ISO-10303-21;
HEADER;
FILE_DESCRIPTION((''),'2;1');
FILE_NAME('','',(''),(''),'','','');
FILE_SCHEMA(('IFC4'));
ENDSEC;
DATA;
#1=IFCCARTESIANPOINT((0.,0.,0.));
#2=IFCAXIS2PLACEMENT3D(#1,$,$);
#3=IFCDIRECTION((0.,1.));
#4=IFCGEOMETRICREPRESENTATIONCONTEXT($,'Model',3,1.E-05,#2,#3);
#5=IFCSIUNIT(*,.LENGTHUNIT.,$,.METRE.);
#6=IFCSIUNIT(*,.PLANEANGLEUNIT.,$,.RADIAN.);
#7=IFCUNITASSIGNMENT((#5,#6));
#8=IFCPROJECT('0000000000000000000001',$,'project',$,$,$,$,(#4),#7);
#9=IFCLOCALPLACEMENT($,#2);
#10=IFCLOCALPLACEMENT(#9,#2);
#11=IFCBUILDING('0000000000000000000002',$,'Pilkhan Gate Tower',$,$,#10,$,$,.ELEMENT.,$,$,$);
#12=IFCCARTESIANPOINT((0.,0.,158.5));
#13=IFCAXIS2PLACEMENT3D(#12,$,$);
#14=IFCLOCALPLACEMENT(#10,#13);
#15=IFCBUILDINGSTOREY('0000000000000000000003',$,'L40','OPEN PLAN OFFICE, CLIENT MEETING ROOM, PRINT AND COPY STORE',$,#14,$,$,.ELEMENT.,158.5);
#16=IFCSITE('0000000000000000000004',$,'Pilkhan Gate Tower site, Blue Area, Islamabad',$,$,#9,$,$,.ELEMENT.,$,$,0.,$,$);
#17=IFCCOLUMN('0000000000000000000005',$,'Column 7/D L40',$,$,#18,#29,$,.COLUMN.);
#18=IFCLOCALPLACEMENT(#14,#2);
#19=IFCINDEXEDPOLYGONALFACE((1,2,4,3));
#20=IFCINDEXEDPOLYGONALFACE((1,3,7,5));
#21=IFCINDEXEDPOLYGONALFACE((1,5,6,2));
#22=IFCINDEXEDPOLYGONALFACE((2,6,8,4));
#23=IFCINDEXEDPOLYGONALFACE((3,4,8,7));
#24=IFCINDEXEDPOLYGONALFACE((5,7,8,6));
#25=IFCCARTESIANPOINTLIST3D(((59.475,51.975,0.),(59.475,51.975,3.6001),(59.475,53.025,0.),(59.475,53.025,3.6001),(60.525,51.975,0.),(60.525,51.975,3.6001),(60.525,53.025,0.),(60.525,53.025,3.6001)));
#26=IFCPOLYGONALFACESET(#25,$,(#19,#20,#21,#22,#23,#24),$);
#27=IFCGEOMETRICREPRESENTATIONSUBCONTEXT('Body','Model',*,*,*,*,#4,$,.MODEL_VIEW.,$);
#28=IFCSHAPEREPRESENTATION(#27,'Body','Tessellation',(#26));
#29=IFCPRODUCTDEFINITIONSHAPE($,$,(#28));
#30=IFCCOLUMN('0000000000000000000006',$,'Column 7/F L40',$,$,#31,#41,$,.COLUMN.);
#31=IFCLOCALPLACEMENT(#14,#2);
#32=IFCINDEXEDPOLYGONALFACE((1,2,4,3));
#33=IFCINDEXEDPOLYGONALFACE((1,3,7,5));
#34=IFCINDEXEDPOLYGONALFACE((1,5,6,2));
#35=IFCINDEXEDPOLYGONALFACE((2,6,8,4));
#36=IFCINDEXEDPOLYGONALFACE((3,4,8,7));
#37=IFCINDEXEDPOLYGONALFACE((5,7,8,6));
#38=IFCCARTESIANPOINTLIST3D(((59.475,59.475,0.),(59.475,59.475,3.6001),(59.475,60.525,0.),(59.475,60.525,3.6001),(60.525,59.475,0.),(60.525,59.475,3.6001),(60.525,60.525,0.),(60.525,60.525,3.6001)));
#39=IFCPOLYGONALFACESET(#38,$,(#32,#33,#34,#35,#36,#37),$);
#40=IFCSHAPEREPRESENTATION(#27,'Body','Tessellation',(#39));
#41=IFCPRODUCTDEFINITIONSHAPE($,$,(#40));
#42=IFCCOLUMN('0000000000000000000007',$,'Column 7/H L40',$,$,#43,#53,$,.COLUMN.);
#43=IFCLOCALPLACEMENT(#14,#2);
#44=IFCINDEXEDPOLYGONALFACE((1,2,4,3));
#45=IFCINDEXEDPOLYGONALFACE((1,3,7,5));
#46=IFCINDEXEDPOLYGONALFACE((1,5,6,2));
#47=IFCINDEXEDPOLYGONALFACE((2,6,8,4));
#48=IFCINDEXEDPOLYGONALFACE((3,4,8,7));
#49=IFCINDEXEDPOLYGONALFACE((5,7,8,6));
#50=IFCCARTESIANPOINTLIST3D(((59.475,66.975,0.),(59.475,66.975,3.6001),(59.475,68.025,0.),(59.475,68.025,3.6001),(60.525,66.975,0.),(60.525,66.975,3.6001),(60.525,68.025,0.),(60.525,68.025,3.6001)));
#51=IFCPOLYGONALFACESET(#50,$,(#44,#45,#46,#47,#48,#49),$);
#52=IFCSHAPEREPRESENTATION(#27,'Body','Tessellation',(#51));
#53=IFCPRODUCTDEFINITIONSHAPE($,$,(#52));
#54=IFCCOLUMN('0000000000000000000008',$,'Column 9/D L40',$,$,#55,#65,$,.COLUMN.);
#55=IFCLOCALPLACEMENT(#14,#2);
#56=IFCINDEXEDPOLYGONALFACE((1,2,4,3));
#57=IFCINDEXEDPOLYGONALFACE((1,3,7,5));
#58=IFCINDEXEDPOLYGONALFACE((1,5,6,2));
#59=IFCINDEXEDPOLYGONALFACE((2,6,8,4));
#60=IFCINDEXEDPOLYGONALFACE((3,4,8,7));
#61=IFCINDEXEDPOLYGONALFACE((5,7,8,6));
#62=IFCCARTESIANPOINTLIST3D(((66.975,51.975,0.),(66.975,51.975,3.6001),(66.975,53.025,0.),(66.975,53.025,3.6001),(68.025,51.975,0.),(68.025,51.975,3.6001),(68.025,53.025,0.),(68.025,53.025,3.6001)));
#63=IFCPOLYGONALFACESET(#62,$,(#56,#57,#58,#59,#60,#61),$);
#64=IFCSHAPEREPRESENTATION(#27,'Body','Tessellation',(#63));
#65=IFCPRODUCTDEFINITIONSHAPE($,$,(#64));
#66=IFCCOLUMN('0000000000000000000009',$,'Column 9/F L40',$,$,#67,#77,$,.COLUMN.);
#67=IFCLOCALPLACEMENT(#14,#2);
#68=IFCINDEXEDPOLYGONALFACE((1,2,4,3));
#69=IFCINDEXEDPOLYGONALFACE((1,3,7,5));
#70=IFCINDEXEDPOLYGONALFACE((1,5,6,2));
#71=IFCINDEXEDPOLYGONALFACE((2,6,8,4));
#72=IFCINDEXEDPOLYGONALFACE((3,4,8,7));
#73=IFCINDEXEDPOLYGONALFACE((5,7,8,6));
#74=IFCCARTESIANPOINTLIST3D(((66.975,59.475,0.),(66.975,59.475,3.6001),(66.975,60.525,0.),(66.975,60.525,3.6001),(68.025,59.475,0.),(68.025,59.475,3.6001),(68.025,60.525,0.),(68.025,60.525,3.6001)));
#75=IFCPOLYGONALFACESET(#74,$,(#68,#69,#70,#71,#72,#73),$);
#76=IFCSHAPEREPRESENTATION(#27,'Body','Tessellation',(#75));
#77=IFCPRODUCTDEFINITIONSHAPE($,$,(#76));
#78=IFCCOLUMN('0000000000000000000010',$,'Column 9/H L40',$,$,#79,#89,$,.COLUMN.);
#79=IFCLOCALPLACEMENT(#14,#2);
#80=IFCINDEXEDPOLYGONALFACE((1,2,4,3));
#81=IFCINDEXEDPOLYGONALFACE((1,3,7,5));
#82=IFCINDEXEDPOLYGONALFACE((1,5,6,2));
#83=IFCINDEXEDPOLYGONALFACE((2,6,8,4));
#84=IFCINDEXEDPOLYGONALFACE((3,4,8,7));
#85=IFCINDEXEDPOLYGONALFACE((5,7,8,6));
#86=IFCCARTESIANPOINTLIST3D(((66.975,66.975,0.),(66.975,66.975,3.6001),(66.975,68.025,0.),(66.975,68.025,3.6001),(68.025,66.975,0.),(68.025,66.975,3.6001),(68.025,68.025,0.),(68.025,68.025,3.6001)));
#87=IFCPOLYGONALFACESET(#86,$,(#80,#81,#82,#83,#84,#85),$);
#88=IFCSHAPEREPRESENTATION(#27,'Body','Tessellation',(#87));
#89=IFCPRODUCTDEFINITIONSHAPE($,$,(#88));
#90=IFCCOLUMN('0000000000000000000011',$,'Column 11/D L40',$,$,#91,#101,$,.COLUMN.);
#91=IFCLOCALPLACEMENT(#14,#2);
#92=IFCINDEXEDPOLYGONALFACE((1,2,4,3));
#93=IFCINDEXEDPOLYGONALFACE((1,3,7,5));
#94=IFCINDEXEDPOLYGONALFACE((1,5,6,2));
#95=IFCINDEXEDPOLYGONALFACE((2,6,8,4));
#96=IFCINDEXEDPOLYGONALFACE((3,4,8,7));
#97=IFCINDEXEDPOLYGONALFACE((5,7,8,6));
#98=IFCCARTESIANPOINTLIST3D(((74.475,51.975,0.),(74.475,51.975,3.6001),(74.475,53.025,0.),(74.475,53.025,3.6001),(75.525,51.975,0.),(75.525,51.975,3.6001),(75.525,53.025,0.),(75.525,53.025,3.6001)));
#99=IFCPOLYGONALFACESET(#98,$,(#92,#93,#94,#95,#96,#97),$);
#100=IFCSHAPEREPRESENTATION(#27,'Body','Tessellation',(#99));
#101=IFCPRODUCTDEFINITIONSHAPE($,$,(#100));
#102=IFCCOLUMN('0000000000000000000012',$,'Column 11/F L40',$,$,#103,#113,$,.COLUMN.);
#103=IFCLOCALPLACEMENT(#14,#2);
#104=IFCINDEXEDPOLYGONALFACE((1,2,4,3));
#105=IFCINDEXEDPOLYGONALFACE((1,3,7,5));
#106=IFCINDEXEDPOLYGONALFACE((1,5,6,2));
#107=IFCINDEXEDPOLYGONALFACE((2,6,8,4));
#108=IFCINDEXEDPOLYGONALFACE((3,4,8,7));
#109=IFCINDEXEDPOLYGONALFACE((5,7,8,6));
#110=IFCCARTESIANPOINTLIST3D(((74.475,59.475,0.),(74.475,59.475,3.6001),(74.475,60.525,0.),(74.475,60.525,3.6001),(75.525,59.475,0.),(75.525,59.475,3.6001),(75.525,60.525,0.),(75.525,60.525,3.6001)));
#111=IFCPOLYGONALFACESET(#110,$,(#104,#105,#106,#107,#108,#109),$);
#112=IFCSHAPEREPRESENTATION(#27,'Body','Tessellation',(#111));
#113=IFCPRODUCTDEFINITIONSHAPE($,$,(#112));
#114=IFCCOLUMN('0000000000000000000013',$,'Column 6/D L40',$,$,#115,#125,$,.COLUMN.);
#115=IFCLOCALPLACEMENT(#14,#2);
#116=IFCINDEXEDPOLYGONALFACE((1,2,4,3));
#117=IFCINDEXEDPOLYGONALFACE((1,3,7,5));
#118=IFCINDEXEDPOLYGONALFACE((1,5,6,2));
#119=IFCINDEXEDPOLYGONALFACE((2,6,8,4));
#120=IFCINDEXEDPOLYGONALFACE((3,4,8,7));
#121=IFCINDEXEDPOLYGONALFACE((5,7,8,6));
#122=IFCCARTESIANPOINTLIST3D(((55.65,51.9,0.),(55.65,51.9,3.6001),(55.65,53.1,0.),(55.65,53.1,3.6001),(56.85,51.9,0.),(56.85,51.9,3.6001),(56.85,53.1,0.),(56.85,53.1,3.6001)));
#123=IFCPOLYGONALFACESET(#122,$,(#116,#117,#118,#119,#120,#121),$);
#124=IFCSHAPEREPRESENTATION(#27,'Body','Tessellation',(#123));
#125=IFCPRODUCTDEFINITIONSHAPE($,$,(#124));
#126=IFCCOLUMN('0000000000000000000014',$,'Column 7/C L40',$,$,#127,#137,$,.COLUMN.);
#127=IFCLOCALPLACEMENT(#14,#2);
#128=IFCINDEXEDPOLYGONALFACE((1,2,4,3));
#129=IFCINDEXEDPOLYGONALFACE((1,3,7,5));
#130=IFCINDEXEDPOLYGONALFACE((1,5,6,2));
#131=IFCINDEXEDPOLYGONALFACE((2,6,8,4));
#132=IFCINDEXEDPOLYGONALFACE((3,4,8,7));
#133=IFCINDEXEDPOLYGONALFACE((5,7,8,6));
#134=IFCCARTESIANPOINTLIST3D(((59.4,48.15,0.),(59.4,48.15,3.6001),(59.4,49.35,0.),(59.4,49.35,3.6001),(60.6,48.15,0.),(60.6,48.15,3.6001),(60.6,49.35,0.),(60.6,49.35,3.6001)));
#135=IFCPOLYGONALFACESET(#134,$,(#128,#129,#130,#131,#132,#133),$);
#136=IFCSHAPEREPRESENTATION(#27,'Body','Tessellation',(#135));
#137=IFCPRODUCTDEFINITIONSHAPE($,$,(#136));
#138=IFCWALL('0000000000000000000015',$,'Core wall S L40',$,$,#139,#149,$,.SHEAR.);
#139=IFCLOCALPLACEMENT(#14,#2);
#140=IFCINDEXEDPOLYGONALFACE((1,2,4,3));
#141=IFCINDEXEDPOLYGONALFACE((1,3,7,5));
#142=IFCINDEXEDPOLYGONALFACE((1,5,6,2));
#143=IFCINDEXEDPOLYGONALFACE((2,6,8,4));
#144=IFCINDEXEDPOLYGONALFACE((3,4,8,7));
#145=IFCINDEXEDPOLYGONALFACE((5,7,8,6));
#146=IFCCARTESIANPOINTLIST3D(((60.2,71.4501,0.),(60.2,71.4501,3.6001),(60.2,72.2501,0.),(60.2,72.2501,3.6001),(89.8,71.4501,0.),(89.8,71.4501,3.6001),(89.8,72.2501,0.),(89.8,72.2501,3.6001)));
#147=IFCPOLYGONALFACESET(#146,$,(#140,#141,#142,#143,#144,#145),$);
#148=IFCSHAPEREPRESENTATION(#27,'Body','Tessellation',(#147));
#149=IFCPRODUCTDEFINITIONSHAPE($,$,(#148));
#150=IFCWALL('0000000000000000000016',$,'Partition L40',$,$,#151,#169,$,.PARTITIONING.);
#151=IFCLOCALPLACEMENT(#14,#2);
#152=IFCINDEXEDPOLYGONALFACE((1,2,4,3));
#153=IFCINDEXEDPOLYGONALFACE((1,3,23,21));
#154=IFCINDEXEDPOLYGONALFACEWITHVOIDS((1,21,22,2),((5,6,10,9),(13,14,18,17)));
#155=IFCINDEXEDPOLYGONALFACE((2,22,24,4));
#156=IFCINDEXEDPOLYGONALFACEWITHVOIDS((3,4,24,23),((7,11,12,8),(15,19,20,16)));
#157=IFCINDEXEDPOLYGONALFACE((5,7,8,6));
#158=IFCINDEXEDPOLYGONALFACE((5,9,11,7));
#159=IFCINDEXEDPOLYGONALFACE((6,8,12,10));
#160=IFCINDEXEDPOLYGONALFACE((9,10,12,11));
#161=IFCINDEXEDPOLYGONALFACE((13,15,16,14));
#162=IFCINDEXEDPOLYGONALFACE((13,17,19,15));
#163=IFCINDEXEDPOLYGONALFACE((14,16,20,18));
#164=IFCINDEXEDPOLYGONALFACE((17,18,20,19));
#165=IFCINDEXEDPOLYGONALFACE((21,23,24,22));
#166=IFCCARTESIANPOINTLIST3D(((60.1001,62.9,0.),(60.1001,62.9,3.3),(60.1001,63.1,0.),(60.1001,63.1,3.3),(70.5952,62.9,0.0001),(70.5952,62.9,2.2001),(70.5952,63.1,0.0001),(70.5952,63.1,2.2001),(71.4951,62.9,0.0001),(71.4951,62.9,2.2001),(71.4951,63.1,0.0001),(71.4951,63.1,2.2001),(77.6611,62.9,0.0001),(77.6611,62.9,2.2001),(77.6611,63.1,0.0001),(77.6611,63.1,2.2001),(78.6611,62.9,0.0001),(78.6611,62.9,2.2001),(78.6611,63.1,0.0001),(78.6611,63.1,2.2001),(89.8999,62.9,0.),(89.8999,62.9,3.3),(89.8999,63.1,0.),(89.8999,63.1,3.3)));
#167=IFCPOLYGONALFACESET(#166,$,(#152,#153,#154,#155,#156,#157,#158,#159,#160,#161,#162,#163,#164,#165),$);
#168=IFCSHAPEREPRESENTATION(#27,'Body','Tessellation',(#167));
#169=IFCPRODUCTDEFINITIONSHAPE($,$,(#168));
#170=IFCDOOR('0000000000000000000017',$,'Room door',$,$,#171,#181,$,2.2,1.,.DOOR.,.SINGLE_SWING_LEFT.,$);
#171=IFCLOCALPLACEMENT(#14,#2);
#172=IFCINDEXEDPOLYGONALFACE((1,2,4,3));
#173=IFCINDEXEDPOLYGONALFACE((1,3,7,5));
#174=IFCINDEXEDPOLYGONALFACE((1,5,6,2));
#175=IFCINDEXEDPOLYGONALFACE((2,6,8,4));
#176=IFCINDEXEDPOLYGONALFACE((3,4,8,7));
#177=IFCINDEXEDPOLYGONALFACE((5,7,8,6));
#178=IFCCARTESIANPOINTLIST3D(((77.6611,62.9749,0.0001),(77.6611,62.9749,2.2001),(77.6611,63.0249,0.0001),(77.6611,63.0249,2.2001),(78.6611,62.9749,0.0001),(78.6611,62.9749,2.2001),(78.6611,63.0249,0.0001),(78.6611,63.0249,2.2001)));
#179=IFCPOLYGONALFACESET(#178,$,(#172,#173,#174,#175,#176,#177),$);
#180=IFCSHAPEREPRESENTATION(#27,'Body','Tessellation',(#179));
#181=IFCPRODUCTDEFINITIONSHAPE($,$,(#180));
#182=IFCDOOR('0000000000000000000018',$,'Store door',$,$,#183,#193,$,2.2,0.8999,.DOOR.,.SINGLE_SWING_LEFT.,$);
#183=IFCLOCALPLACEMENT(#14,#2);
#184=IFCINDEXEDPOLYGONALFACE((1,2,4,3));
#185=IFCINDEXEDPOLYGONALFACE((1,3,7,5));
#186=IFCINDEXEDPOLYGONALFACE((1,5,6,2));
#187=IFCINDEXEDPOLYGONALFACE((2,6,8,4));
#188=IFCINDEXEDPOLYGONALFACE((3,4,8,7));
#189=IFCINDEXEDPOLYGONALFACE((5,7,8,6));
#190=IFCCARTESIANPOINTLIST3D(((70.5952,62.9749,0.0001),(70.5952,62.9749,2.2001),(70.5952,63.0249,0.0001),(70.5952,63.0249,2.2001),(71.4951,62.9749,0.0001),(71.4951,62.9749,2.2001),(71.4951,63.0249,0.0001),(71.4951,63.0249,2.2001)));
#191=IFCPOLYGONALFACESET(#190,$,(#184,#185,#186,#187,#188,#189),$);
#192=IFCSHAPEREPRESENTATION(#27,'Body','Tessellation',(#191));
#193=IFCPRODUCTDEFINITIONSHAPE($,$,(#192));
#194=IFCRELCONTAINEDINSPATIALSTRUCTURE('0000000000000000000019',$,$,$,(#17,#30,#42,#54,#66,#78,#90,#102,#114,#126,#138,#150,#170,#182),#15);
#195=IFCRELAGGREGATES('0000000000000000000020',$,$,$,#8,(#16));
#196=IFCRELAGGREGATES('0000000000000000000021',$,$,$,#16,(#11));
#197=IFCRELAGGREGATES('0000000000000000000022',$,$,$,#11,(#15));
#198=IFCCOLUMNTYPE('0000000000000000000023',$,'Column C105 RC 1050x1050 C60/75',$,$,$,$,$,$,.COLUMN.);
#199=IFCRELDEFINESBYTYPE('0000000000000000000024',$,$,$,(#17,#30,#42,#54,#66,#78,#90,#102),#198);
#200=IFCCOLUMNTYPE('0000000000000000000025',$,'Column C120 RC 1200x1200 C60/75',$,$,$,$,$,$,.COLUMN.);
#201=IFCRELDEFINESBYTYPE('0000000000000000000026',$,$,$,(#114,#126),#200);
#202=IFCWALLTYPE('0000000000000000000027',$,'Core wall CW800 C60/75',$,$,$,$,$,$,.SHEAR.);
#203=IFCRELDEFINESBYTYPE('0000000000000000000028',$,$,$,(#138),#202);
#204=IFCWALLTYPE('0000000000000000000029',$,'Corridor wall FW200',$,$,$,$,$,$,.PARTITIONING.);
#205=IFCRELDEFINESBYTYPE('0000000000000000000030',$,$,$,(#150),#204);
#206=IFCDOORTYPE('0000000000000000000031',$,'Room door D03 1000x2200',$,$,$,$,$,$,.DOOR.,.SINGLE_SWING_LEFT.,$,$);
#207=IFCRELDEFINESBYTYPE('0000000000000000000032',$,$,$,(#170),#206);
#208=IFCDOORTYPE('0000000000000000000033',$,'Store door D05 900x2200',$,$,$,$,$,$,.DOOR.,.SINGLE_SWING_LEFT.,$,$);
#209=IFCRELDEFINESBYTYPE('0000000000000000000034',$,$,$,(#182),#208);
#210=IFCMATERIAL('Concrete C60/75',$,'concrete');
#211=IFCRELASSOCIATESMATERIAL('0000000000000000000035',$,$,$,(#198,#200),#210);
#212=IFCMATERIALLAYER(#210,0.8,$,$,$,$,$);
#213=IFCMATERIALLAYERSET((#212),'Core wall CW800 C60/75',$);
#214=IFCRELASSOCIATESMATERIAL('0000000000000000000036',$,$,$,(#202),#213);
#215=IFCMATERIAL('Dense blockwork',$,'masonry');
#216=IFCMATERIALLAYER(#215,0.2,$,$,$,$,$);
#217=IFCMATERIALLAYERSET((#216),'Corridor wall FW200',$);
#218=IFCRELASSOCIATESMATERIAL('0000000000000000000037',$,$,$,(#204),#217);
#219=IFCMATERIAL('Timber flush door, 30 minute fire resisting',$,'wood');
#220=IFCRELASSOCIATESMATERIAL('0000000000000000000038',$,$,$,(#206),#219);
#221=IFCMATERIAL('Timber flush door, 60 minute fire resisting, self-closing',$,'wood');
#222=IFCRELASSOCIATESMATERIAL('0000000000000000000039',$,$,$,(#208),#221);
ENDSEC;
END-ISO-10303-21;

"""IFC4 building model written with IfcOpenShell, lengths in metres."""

from ifc_helpers import new_model, si_unit, direction, frame, frame_2d, origin, origin_2d, place, context, subcontext, project, spatial, rectangle, extrude, material, layer, layer_set, material_profile, profile_set, type_object, element, fill, save


model = new_model("IFC4")

# Units and contexts
model_context = context("Model", 3, precision=1e-05, world=origin(), true_north=direction((0.0, 1.0)))
body_context = subcontext(model_context, "Body", "Model", "MODEL_VIEW")
ifc_project = project(units=[si_unit("LENGTHUNIT", "METRE"), si_unit("PLANEANGLEUNIT", "RADIAN")], contexts=[model_context])

# Site, building, storey
site_placement = place(None, origin())
site = spatial("IfcSite", under=ifc_project, at=site_placement, Name="Pilkhan Gate Tower site, Blue Area, Islamabad", CompositionType="ELEMENT", RefElevation=0.0)
building_placement = place(site_placement, origin())
building = spatial("IfcBuilding", under=site, at=building_placement, Name="Pilkhan Gate Tower", CompositionType="ELEMENT")
storey_placement = place(building_placement, frame((0.0, 0.0, 158.5)))
storey = spatial("IfcBuildingStorey", under=building, at=storey_placement, Name="L40", Description="OPEN PLAN OFFICE, CLIENT MEETING ROOM, PRINT AND COPY STORE", CompositionType="ELEMENT", Elevation=158.5)

# Columns
ifc_material_1 = material(Name="Concrete C60/75", Category="concrete")
ifc_material_profile_1 = material_profile(ifc_material_1, rectangle(XDim=1.05, YDim=1.05, at=origin_2d()), Name="RC 1050x1050")
ifc_profile_set_1 = profile_set([ifc_material_profile_1], Name="Concrete C60/75")
column_type_1 = type_object("IfcColumnType", Name="Column C105 RC 1050x1050 C60/75", PredefinedType="COLUMN", material=ifc_profile_set_1)
for number, where, z_axis, x_axis, name in (
    (1, (60.0, 52.5, 0.0), (0.0, 0.0, 1.0), (1.0, 0.0, 0.0), "Column 7/D L40"),
    (2, (60.0, 60.0, 0.0), (0.0, 0.0, 1.0), (1.0, 0.0, 0.0), "Column 7/F L40"),
    (3, (60.0, 67.5, 0.0), (0.0, 0.0, 1.0), (1.0, 0.0, 0.0), "Column 7/H L40"),
    (4, (67.5, 52.5, 0.0), (0.0, 0.0, 1.0), (1.0, 0.0, 0.0), "Column 9/D L40"),
    (5, (67.5, 60.0, 0.0), (0.0, 0.0, 1.0), (1.0, 0.0, 0.0), "Column 9/F L40"),
    (6, (67.5, 67.5, 0.0), (0.0, 0.0, 1.0), (1.0, 0.0, 0.0), "Column 9/H L40"),
    (7, (75.0, 52.5, 0.0), (0.0, 0.0, 1.0), (1.0, 0.0, 0.0), "Column 11/D L40"),
    (8, (75.0, 60.0, 0.0), (0.0, 0.0, 1.0), (1.0, 0.0, 0.0), "Column 11/F L40"),
):
    element("IfcColumn", number, at=place(storey_placement, frame(where, z_axis=z_axis, x_axis=x_axis)), inside=storey, type_object=column_type_1, Name=name, PredefinedType="COLUMN", context=body_context, shape_type="SweptSolid", body=[
        extrude(rectangle(XDim=1.05, YDim=1.05, at=origin_2d()), origin(), (0.0, 0.0, 1.0), 3.6001),
    ])
ifc_material_profile_2 = material_profile(ifc_material_1, rectangle(XDim=1.2, YDim=1.2, at=origin_2d()), Name="RC 1200x1200")
ifc_profile_set_2 = profile_set([ifc_material_profile_2], Name="Concrete C60/75")
column_type_2 = type_object("IfcColumnType", Name="Column C120 RC 1200x1200 C60/75", PredefinedType="COLUMN", material=ifc_profile_set_2)
for number, where, z_axis, x_axis, name in (
    (9, (56.25, 52.5, 0.0), (0.0, 0.0, 1.0), (1.0, 0.0, 0.0), "Column 6/D L40"),
    (10, (60.0, 48.75, 0.0), (0.0, 0.0, 1.0), (1.0, 0.0, 0.0), "Column 7/C L40"),
):
    element("IfcColumn", number, at=place(storey_placement, frame(where, z_axis=z_axis, x_axis=x_axis)), inside=storey, type_object=column_type_2, Name=name, PredefinedType="COLUMN", context=body_context, shape_type="SweptSolid", body=[
        extrude(rectangle(XDim=1.2, YDim=1.2, at=origin_2d()), origin(), (0.0, 0.0, 1.0), 3.6001),
    ])

# Wall
ifc_layer_1 = layer(ifc_material_1, 0.8)
ifc_layer_set_1 = layer_set([ifc_layer_1], Name="Core wall CW800 C60/75")
wall_type_1 = type_object("IfcWallType", Name="Core wall CW800 C60/75", PredefinedType="SHEAR", material=ifc_layer_set_1)
wall_1_placement = place(storey_placement, frame((60.2, 71.8501, 0.0), z_axis=(0.0, 0.0, 1.0), x_axis=(1.0, 0.0, 0.0)))
element("IfcWall", 11, at=wall_1_placement, inside=storey, type_object=wall_type_1, Name="Core wall S L40", PredefinedType="SHEAR", context=body_context, shape_type="SweptSolid", body=[
    extrude(rectangle(XDim=29.6001, YDim=0.8, at=frame_2d((14.8, 0.0))), origin(), (0.0, 0.0, 1.0), 3.6001),
])

# Wall, openings, doors
ifc_material_2 = material(Name="Dense blockwork", Category="masonry")
ifc_layer_2 = layer(ifc_material_2, 0.2)
ifc_layer_set_2 = layer_set([ifc_layer_2], Name="Corridor wall FW200")
wall_type_2 = type_object("IfcWallType", Name="Corridor wall FW200", PredefinedType="PARTITIONING", material=ifc_layer_set_2)
wall_2_placement = place(storey_placement, frame((60.1001, 63.0, 0.0), z_axis=(0.0, 0.0, 1.0), x_axis=(1.0, 0.0, 0.0)))
wall_2 = element("IfcWall", 12, at=wall_2_placement, inside=storey, type_object=wall_type_2, Name="Partition L40", PredefinedType="PARTITIONING", context=body_context, shape_type="SweptSolid", body=[
    extrude(rectangle(XDim=29.7998, YDim=0.2, at=frame_2d((14.8999, 0.0))), origin(), (0.0, 0.0, 1.0), 3.3),
])
opening_1_placement = place(wall_2_placement, frame((10.4951, 0.0, 0.0)))
opening_1 = element("IfcOpeningElement", 13, at=opening_1_placement, cuts=wall_2, PredefinedType="OPENING", context=body_context, shape_type="SweptSolid", body=[
    extrude(rectangle(XDim=0.8999, YDim=2.2, at=frame_2d((0.45, 1.1001))), frame((0.0, 0.1099, 0.0), z_axis=(0.0, -1.0, 0.0), x_axis=(1.0, 0.0, 0.0)), (0.0, 0.0, 1.0), 0.22),
])
opening_2_placement = place(wall_2_placement, frame((17.561, 0.0, 0.0)))
opening_2 = element("IfcOpeningElement", 14, at=opening_2_placement, cuts=wall_2, PredefinedType="OPENING", context=body_context, shape_type="SweptSolid", body=[
    extrude(rectangle(XDim=1.0, YDim=2.2, at=frame_2d((0.5, 1.1001))), frame((0.0, 0.1099, 0.0), z_axis=(0.0, -1.0, 0.0), x_axis=(1.0, 0.0, 0.0)), (0.0, 0.0, 1.0), 0.22),
])
ifc_material_3 = material(Name="Timber flush door, 30 minute fire resisting", Category="wood")
door_type_1 = type_object("IfcDoorType", Name="Room door D03 1000x2200", OperationType="SINGLE_SWING_LEFT", PredefinedType="DOOR", material=ifc_material_3)
door_1_placement = place(opening_2_placement, origin())
door_1 = element("IfcDoor", 15, at=door_1_placement, inside=storey, type_object=door_type_1, Name="Room door", OperationType="SINGLE_SWING_LEFT", OverallHeight=2.2, OverallWidth=1.0, PredefinedType="DOOR", context=body_context, shape_type="SweptSolid", body=[
    extrude(rectangle(XDim=1.0, YDim=2.2, at=frame_2d((0.5, 1.1001))), frame((0.0, 0.0249, 0.0), z_axis=(0.0, -1.0, 0.0), x_axis=(1.0, 0.0, 0.0)), (0.0, 0.0, 1.0), 0.05),
])
fill(opening_2, door_1)
ifc_material_4 = material(Name="Timber flush door, 60 minute fire resisting, self-closing", Category="wood")
door_type_2 = type_object("IfcDoorType", Name="Store door D05 900x2200", OperationType="SINGLE_SWING_LEFT", PredefinedType="DOOR", material=ifc_material_4)
door_2_placement = place(opening_1_placement, origin())
door_2 = element("IfcDoor", 16, at=door_2_placement, inside=storey, type_object=door_type_2, Name="Store door", OperationType="SINGLE_SWING_LEFT", OverallHeight=2.2, OverallWidth=0.8999, PredefinedType="DOOR", context=body_context, shape_type="SweptSolid", body=[
    extrude(rectangle(XDim=0.8999, YDim=2.2, at=frame_2d((0.45, 1.1001))), frame((0.0, 0.0249, 0.0), z_axis=(0.0, -1.0, 0.0), x_axis=(1.0, 0.0, 0.0)), (0.0, 0.0, 1.0), 0.05),
])
fill(opening_1, door_2)

save(model, "model.ifc")
